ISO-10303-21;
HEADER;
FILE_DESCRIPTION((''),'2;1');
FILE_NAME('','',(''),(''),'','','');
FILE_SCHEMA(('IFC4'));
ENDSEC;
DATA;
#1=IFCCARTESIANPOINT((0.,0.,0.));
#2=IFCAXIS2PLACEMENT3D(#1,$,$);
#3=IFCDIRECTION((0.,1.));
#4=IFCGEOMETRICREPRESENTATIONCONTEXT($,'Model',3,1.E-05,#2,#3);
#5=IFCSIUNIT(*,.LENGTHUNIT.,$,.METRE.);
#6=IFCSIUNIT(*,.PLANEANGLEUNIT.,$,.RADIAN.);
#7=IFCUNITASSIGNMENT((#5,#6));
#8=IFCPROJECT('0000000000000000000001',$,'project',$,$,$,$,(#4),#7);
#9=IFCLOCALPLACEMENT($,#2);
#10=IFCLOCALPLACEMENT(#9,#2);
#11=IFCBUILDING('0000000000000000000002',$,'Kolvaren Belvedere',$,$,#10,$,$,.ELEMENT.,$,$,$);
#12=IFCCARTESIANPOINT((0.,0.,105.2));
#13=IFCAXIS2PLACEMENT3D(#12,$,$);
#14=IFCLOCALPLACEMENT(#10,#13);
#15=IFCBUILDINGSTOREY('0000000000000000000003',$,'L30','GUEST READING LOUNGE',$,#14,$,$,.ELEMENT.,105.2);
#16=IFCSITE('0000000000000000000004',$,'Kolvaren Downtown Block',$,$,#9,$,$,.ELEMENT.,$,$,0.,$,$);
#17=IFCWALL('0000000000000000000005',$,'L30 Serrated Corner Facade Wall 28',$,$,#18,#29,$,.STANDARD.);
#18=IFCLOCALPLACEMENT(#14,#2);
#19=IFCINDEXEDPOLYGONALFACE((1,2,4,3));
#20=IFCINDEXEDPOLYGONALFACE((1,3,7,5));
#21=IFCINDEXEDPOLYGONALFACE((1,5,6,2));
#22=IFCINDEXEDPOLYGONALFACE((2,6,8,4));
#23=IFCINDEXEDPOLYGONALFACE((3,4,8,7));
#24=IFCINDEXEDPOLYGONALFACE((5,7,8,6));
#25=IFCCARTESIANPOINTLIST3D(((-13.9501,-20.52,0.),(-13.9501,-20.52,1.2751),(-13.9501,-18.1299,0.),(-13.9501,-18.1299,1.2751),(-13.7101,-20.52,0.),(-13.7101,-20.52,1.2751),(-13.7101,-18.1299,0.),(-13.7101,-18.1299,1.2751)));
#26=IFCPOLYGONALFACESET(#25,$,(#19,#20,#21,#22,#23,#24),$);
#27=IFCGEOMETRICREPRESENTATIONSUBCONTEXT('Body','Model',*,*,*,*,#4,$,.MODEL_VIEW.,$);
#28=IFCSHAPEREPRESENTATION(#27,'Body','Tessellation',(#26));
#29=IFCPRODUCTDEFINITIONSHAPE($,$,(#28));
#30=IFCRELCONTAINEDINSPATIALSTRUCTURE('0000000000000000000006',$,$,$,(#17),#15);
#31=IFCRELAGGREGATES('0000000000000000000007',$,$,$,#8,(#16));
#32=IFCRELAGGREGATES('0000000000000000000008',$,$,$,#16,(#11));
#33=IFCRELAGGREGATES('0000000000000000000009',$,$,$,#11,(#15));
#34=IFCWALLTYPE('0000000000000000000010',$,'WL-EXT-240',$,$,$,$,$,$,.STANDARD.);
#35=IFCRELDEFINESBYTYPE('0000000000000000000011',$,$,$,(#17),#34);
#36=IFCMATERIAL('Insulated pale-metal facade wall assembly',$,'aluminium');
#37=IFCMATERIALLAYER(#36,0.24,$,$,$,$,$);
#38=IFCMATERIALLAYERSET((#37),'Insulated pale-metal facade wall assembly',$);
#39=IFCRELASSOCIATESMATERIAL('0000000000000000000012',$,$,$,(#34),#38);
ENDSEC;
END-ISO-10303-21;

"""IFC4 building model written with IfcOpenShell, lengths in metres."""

from ifc_helpers import new_model, si_unit, direction, frame, frame_2d, origin, place, context, subcontext, project, spatial, rectangle, extrude, material, layer, layer_set, type_object, element, save


model = new_model("IFC4")

# Units and contexts
model_context = context("Model", 3, precision=1e-05, world=origin(), true_north=direction((0.0, 1.0)))
body_context = subcontext(model_context, "Body", "Model", "MODEL_VIEW")
ifc_project = project(units=[si_unit("LENGTHUNIT", "METRE"), si_unit("PLANEANGLEUNIT", "RADIAN")], contexts=[model_context])

# Site, building, storey
site_placement = place(None, origin())
site = spatial("IfcSite", under=ifc_project, at=site_placement, Name="Kolvaren Downtown Block", CompositionType="ELEMENT", RefElevation=0.0)
building_placement = place(site_placement, origin())
building = spatial("IfcBuilding", under=site, at=building_placement, Name="Kolvaren Belvedere", CompositionType="ELEMENT")
storey_placement = place(building_placement, frame((0.0, 0.0, 105.2)))
storey = spatial("IfcBuildingStorey", under=building, at=storey_placement, Name="L30", Description="GUEST READING LOUNGE", CompositionType="ELEMENT", Elevation=105.2)

# Wall
ifc_material_1 = material(Name="Insulated pale-metal facade wall assembly", Category="aluminium")
ifc_layer_1 = layer(ifc_material_1, 0.24)
ifc_layer_set_1 = layer_set([ifc_layer_1], Name="Insulated pale-metal facade wall assembly")
wall_type_1 = type_object("IfcWallType", Name="WL-EXT-240", PredefinedType="STANDARD", material=ifc_layer_set_1)
wall_1_placement = place(storey_placement, frame((-13.8301, -20.52, 0.0), z_axis=(0.0, 0.0, 1.0), x_axis=(0.0, 1.0, 0.0)))
element("IfcWall", 1, at=wall_1_placement, inside=storey, type_object=wall_type_1, Name="L30 Serrated Corner Facade Wall 28", PredefinedType="STANDARD", context=body_context, shape_type="SweptSolid", body=[
    extrude(rectangle(XDim=2.3901, YDim=0.24, at=frame_2d((1.1951, 0.0))), origin(), (0.0, 0.0, 1.0), 1.2751),
])

save(model, "model.ifc")
